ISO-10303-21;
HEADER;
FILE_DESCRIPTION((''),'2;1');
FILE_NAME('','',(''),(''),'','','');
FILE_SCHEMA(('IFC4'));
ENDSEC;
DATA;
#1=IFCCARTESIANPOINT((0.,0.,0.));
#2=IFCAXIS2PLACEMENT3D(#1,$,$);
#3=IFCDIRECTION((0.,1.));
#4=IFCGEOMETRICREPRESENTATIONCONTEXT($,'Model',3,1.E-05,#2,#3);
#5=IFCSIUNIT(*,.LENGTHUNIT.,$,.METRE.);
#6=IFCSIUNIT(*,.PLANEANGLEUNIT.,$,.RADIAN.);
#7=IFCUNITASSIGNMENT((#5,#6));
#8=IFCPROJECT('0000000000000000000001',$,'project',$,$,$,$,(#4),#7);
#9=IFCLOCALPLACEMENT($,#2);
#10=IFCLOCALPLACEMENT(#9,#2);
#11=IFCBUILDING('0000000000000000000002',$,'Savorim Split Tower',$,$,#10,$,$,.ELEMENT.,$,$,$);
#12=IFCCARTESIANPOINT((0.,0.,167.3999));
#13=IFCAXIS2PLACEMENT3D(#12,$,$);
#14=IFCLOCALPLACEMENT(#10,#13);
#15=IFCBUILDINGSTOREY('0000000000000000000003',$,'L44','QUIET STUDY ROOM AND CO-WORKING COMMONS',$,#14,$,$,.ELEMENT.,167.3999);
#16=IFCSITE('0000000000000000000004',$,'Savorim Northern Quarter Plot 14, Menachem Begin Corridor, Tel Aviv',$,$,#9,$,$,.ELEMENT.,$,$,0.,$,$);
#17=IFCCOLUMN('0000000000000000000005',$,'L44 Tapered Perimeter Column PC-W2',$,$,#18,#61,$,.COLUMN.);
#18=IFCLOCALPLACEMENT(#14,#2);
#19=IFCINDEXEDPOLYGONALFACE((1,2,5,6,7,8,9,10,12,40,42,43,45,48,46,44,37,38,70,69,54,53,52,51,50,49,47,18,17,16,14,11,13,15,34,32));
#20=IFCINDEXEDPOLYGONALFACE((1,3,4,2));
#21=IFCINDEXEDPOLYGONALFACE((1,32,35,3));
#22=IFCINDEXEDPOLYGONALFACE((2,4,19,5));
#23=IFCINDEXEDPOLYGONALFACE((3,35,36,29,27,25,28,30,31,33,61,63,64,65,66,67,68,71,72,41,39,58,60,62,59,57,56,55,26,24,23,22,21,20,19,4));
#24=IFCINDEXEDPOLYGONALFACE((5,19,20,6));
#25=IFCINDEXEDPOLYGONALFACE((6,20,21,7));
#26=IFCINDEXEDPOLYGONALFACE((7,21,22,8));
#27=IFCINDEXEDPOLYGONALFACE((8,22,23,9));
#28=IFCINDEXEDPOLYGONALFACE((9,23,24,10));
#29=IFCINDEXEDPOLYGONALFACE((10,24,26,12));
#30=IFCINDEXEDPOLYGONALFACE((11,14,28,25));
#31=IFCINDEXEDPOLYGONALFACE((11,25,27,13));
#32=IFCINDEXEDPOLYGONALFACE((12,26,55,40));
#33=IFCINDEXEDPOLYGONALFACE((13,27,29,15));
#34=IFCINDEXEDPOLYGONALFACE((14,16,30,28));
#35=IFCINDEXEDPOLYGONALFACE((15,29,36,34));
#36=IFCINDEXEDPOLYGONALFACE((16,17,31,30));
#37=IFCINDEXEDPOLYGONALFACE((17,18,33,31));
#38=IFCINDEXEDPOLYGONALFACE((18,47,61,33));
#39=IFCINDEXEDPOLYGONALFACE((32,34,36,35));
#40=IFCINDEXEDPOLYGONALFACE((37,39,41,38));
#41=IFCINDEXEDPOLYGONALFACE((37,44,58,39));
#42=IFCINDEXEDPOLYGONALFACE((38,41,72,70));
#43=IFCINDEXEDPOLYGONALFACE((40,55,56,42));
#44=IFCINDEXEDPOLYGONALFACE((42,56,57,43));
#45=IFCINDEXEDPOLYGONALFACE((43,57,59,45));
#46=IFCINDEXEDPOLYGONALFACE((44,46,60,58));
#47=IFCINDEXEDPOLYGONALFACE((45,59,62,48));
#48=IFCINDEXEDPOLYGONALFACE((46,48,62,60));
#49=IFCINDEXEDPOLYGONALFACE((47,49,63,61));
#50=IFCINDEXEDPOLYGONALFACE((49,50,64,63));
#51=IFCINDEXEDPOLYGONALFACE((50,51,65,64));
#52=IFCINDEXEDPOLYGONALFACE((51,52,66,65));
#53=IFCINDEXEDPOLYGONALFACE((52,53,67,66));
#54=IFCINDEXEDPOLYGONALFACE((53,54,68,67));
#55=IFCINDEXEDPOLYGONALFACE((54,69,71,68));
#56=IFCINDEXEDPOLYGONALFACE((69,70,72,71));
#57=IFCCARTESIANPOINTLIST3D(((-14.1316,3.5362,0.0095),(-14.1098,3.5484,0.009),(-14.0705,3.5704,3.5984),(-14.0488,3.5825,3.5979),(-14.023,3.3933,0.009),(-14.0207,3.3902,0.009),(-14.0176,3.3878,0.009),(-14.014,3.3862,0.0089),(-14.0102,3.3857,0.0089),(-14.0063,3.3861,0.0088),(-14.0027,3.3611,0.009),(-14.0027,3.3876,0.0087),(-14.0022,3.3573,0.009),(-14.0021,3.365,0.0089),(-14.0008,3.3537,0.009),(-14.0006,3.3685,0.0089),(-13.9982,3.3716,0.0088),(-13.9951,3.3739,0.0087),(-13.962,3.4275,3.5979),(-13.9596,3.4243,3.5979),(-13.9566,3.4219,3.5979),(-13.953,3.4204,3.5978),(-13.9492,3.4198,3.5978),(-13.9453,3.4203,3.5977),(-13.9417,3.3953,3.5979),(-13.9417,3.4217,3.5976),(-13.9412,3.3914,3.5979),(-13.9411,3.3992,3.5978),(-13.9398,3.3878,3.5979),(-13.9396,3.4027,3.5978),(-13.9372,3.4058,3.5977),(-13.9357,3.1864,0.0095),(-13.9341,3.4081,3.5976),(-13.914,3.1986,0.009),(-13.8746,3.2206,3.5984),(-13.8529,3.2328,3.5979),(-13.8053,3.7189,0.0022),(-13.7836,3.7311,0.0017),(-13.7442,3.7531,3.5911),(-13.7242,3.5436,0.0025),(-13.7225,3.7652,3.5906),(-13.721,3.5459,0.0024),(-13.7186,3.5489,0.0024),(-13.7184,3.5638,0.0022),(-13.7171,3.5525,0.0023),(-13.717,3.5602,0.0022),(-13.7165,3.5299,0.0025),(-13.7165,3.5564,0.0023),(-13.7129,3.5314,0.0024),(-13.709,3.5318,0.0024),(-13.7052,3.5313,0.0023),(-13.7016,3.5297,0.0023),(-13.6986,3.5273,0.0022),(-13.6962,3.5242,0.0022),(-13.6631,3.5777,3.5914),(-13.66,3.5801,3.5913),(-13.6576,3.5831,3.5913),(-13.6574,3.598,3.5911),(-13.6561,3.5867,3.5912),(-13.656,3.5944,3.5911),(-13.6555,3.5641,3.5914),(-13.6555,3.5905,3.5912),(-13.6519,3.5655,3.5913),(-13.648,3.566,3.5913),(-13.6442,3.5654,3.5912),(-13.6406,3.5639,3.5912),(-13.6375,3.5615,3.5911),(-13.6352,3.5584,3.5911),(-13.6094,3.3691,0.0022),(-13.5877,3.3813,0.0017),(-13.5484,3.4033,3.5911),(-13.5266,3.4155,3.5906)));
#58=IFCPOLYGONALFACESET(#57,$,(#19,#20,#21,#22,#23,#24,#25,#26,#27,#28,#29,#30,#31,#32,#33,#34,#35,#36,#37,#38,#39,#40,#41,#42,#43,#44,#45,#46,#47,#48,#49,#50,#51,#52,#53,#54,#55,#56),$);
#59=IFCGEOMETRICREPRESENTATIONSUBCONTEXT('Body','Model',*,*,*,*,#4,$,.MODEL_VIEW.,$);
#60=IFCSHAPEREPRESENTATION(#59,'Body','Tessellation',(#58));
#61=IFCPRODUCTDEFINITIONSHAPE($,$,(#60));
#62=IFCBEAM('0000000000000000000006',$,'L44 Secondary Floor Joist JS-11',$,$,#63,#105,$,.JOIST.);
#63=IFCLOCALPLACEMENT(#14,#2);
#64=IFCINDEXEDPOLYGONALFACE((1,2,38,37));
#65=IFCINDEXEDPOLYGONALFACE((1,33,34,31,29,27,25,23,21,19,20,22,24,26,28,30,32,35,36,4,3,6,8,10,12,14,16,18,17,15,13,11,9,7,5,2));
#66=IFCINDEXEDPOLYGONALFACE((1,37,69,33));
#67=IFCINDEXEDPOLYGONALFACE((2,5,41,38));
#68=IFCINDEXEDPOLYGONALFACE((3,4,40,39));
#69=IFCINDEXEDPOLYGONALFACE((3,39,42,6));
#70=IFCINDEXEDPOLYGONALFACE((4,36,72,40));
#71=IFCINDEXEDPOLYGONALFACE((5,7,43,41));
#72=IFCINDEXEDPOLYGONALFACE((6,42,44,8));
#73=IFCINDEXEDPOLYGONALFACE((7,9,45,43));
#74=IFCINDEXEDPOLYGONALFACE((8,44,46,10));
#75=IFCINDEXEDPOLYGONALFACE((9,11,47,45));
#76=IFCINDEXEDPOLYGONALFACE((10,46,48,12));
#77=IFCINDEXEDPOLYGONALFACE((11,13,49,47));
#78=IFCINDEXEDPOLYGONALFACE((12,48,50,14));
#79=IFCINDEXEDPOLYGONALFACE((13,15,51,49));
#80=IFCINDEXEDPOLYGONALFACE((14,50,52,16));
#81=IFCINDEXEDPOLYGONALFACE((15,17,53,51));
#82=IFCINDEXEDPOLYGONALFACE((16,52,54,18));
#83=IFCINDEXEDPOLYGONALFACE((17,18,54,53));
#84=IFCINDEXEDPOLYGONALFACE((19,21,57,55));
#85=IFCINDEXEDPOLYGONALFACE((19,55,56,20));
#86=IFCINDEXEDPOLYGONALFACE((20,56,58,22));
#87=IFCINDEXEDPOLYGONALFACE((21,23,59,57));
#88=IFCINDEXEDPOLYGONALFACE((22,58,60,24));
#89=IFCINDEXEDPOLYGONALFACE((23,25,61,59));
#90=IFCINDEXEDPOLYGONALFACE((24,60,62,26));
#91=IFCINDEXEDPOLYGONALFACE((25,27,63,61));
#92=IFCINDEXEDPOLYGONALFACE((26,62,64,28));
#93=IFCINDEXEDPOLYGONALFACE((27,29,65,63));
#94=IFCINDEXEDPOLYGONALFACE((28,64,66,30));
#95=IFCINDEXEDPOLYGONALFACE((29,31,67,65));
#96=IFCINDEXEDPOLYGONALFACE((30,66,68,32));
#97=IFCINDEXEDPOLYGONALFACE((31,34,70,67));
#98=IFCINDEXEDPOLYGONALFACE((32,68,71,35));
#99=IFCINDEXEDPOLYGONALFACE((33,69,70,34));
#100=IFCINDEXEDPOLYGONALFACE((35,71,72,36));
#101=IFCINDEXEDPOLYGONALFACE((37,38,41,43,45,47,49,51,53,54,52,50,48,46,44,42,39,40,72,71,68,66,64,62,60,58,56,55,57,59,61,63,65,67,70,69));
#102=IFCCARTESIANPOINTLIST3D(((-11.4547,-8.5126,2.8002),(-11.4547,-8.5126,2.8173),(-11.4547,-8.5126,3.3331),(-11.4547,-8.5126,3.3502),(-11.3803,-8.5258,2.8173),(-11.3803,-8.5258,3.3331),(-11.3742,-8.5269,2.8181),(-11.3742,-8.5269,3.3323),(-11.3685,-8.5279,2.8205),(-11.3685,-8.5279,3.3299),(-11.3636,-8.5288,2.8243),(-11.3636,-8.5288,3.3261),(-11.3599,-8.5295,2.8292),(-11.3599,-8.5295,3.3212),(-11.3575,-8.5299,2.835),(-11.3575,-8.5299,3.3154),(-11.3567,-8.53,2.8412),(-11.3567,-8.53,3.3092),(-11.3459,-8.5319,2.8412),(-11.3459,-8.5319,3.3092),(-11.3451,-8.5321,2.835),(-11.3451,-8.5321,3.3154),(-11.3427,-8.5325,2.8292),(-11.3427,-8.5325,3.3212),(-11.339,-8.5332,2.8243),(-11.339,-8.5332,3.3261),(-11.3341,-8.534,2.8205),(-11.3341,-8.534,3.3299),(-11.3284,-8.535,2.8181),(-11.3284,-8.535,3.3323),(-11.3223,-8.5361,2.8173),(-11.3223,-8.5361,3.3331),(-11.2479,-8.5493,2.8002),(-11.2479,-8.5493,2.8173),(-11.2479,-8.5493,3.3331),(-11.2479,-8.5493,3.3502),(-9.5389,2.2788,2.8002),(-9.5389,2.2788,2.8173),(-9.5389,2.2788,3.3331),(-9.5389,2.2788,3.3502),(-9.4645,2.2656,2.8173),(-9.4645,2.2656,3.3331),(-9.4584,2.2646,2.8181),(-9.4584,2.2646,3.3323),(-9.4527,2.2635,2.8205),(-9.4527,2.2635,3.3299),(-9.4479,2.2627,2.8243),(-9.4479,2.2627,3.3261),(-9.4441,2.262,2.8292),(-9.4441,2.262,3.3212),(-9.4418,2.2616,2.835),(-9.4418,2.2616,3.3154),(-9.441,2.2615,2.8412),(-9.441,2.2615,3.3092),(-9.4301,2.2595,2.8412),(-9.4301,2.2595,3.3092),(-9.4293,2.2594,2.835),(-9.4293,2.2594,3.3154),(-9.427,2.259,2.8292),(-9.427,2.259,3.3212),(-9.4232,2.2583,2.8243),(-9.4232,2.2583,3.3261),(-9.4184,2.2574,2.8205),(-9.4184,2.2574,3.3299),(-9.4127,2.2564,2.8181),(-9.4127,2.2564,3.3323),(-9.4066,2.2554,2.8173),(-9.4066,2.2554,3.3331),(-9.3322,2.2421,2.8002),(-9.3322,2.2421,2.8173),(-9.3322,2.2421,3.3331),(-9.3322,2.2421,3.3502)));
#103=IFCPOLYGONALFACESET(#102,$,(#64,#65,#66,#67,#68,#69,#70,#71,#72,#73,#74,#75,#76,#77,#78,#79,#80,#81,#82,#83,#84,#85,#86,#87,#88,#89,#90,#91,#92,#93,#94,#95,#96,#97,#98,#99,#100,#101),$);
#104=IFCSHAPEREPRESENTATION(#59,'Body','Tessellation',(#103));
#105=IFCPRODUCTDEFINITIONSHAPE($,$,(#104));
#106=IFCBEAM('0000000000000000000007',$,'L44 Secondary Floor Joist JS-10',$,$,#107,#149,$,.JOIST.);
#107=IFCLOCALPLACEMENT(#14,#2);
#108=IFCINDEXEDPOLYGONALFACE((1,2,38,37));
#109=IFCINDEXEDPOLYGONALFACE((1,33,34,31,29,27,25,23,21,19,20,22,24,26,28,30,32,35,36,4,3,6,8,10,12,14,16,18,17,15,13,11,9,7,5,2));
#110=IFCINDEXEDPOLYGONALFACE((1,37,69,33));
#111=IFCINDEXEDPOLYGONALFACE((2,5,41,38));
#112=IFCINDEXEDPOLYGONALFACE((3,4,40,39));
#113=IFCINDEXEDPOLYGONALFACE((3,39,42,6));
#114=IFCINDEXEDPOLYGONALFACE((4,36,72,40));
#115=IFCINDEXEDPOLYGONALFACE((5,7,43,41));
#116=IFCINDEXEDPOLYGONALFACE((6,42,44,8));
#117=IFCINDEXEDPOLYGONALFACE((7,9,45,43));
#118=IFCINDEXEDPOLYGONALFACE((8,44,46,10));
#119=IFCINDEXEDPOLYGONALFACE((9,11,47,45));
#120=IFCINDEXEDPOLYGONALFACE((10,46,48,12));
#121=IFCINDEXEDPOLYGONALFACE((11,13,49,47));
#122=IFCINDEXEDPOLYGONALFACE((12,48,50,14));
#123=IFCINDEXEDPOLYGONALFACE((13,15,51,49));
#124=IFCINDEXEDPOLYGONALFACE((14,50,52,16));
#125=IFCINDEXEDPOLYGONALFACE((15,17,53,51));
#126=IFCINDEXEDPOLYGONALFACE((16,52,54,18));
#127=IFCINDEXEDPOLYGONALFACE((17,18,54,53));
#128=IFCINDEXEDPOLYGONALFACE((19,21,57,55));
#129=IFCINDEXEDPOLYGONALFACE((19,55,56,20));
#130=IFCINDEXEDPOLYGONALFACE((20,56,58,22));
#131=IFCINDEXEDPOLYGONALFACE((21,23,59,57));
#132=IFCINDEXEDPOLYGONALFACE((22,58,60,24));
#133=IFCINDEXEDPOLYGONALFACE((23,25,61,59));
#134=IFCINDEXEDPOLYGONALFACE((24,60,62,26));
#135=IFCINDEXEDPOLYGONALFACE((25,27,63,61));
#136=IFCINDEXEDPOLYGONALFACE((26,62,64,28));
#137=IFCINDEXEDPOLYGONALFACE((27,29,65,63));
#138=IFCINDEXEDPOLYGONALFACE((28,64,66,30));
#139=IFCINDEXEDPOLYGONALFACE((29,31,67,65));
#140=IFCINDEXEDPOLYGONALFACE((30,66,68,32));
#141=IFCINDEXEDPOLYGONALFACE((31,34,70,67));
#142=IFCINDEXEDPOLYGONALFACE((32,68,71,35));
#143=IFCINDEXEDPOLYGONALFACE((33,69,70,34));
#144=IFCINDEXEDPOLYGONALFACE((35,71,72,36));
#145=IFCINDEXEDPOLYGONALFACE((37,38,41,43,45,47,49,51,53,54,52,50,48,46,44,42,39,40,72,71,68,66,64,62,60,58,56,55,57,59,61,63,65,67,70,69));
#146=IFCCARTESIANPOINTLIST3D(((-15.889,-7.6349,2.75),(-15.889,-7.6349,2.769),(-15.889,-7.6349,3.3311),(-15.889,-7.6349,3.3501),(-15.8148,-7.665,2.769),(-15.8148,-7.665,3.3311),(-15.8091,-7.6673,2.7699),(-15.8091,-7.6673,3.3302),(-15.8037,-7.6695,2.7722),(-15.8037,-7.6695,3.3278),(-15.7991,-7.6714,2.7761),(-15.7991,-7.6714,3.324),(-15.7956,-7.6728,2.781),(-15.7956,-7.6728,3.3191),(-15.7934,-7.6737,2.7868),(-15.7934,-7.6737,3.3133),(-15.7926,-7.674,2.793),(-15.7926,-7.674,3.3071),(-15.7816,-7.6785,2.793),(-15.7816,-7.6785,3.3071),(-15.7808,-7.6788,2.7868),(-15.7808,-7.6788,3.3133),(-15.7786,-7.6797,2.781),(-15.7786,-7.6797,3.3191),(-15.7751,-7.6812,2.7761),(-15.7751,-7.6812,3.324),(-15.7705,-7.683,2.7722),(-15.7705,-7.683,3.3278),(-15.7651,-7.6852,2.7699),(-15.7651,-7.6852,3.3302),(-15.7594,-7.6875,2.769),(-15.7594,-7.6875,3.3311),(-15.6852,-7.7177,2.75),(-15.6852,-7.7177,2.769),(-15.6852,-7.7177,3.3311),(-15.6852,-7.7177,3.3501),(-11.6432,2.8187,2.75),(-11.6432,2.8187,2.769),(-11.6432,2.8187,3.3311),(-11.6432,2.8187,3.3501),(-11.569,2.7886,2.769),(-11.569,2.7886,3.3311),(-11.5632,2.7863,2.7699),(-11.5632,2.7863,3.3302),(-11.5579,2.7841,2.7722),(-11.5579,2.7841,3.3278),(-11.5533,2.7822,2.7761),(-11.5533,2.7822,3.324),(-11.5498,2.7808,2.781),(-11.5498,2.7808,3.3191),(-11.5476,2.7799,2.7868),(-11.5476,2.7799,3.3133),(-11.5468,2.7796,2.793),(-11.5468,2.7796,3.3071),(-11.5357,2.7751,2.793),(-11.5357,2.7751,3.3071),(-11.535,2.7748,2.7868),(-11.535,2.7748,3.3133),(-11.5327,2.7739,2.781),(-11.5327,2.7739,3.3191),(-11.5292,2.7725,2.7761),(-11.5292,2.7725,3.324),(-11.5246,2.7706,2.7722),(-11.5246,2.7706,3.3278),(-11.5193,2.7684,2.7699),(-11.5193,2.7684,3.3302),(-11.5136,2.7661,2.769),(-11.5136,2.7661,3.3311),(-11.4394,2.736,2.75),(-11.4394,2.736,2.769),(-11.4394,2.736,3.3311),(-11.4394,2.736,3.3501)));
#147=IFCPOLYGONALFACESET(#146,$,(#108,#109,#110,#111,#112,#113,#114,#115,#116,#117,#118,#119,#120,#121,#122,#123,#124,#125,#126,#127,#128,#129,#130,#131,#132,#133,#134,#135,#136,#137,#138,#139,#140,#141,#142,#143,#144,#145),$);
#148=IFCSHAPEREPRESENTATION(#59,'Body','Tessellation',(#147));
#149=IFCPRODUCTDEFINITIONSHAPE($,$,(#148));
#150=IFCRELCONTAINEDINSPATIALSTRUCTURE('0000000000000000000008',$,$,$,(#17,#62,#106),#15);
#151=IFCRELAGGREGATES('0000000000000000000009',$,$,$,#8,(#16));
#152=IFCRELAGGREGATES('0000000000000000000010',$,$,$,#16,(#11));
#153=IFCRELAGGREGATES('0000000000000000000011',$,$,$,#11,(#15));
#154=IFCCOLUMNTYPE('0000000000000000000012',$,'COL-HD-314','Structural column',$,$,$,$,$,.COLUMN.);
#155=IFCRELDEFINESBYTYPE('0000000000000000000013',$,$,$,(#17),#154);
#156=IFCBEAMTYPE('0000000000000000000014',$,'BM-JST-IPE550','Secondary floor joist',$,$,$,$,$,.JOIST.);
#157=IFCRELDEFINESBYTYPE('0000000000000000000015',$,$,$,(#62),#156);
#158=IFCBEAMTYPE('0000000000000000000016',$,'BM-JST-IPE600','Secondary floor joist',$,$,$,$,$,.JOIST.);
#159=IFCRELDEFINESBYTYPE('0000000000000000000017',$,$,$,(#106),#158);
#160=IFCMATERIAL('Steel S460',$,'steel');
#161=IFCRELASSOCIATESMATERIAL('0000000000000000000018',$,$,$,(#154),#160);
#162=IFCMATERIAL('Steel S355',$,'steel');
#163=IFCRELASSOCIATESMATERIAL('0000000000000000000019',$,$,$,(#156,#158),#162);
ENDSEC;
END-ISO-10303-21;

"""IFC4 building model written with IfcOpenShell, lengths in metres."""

from ifc_helpers import new_model, si_unit, direction, frame, origin, origin_2d, place, context, subcontext, project, spatial, i_section, extrude, material, material_profile, profile_set, type_object, element, save


model = new_model("IFC4")

# Units and contexts
model_context = context("Model", 3, precision=1e-05, world=origin(), true_north=direction((0.0, 1.0)))
body_context = subcontext(model_context, "Body", "Model", "MODEL_VIEW")
ifc_project = project(units=[si_unit("LENGTHUNIT", "METRE"), si_unit("PLANEANGLEUNIT", "RADIAN")], contexts=[model_context])

# Site, building, storey
site_placement = place(None, origin())
site = spatial("IfcSite", under=ifc_project, at=site_placement, Name="Savorim Northern Quarter Plot 14, Menachem Begin Corridor, Tel Aviv", CompositionType="ELEMENT", RefElevation=0.0)
building_placement = place(site_placement, origin())
building = spatial("IfcBuilding", under=site, at=building_placement, Name="Savorim Split Tower", CompositionType="ELEMENT")
storey_placement = place(building_placement, frame((0.0, 0.0, 167.3999)))
storey = spatial("IfcBuildingStorey", under=building, at=storey_placement, Name="L44", Description="QUIET STUDY ROOM AND CO-WORKING COMMONS", CompositionType="ELEMENT", Elevation=167.3999)

# Column
ifc_material_1 = material(Name="Steel S460", Category="steel")
ifc_material_profile_1 = material_profile(ifc_material_1, i_section(OverallWidth=0.4009, OverallDepth=0.3989, WebThickness=0.0156, FlangeThickness=0.0249, FilletRadius=0.0149, at=origin_2d()), Name="HD 400x314")
ifc_profile_set_1 = profile_set([ifc_material_profile_1], Name="Steel S460")
column_type = type_object("IfcColumnType", Name="COL-HD-314", Description="Structural column", PredefinedType="COLUMN", material=ifc_profile_set_1)
column_placement = place(storey_placement, frame((-13.8596, 3.4587, 0.0056), z_axis=(0.017004, 0.009522, 0.99981), x_axis=(-0.488603, 0.872506, 0.0)))
element("IfcColumn", 1, at=column_placement, inside=storey, type_object=column_type, Name="L44 Tapered Perimeter Column PC-W2", PredefinedType="COLUMN", context=body_context, shape_type="SweptSolid", body=[
    extrude(i_section(OverallWidth=0.4009, OverallDepth=0.3989, WebThickness=0.0156, FlangeThickness=0.0249, FilletRadius=0.0149, at=origin_2d()), origin(), (0.0, 0.0, 1.0), 3.5896),
])

# Beams
ifc_material_2 = material(Name="Steel S355", Category="steel")
ifc_material_profile_2 = material_profile(ifc_material_2, i_section(OverallWidth=0.21, OverallDepth=0.55, WebThickness=0.011, FlangeThickness=0.0171, FilletRadius=0.0239, at=origin_2d()), Name="IPE 550")
ifc_profile_set_2 = profile_set([ifc_material_profile_2], Name="Steel S355")
beam_type_1 = type_object("IfcBeamType", Name="BM-JST-IPE550", Description="Secondary floor joist", PredefinedType="JOIST", material=ifc_profile_set_2)
beam_1_placement = place(storey_placement, frame((-9.4355, 2.2605, 3.0752), z_axis=(-0.174793, -0.984605, 0.0), x_axis=(0.984605, -0.174793, 0.0)))
element("IfcBeam", 2, at=beam_1_placement, inside=storey, type_object=beam_type_1, Name="L44 Secondary Floor Joist JS-11", PredefinedType="JOIST", context=body_context, shape_type="SweptSolid", body=[
    extrude(i_section(OverallWidth=0.21, OverallDepth=0.55, WebThickness=0.011, FlangeThickness=0.0171, FilletRadius=0.0239, at=origin_2d()), origin(), (0.0, 0.0, 1.0), 10.9602),
])
ifc_material_profile_3 = material_profile(ifc_material_2, i_section(OverallWidth=0.22, OverallDepth=0.6001, WebThickness=0.012, FlangeThickness=0.019, FilletRadius=0.0239, at=origin_2d()), Name="IPE 600")
ifc_profile_set_3 = profile_set([ifc_material_profile_3], Name="Steel S355")
beam_type_2 = type_object("IfcBeamType", Name="BM-JST-IPE600", Description="Secondary floor joist", PredefinedType="JOIST", material=ifc_profile_set_3)
beam_2_placement = place(storey_placement, frame((-11.5413, 2.7773, 3.05), z_axis=(-0.376306, -0.926495, 0.0), x_axis=(0.926495, -0.376306, 0.0)))
element("IfcBeam", 3, at=beam_2_placement, inside=storey, type_object=beam_type_2, Name="L44 Secondary Floor Joist JS-10", PredefinedType="JOIST", context=body_context, shape_type="SweptSolid", body=[
    extrude(i_section(OverallWidth=0.22, OverallDepth=0.6001, WebThickness=0.012, FlangeThickness=0.019, FilletRadius=0.0239, at=origin_2d()), origin(), (0.0, 0.0, 1.0), 11.283),
])

save(model, "model.ifc")
